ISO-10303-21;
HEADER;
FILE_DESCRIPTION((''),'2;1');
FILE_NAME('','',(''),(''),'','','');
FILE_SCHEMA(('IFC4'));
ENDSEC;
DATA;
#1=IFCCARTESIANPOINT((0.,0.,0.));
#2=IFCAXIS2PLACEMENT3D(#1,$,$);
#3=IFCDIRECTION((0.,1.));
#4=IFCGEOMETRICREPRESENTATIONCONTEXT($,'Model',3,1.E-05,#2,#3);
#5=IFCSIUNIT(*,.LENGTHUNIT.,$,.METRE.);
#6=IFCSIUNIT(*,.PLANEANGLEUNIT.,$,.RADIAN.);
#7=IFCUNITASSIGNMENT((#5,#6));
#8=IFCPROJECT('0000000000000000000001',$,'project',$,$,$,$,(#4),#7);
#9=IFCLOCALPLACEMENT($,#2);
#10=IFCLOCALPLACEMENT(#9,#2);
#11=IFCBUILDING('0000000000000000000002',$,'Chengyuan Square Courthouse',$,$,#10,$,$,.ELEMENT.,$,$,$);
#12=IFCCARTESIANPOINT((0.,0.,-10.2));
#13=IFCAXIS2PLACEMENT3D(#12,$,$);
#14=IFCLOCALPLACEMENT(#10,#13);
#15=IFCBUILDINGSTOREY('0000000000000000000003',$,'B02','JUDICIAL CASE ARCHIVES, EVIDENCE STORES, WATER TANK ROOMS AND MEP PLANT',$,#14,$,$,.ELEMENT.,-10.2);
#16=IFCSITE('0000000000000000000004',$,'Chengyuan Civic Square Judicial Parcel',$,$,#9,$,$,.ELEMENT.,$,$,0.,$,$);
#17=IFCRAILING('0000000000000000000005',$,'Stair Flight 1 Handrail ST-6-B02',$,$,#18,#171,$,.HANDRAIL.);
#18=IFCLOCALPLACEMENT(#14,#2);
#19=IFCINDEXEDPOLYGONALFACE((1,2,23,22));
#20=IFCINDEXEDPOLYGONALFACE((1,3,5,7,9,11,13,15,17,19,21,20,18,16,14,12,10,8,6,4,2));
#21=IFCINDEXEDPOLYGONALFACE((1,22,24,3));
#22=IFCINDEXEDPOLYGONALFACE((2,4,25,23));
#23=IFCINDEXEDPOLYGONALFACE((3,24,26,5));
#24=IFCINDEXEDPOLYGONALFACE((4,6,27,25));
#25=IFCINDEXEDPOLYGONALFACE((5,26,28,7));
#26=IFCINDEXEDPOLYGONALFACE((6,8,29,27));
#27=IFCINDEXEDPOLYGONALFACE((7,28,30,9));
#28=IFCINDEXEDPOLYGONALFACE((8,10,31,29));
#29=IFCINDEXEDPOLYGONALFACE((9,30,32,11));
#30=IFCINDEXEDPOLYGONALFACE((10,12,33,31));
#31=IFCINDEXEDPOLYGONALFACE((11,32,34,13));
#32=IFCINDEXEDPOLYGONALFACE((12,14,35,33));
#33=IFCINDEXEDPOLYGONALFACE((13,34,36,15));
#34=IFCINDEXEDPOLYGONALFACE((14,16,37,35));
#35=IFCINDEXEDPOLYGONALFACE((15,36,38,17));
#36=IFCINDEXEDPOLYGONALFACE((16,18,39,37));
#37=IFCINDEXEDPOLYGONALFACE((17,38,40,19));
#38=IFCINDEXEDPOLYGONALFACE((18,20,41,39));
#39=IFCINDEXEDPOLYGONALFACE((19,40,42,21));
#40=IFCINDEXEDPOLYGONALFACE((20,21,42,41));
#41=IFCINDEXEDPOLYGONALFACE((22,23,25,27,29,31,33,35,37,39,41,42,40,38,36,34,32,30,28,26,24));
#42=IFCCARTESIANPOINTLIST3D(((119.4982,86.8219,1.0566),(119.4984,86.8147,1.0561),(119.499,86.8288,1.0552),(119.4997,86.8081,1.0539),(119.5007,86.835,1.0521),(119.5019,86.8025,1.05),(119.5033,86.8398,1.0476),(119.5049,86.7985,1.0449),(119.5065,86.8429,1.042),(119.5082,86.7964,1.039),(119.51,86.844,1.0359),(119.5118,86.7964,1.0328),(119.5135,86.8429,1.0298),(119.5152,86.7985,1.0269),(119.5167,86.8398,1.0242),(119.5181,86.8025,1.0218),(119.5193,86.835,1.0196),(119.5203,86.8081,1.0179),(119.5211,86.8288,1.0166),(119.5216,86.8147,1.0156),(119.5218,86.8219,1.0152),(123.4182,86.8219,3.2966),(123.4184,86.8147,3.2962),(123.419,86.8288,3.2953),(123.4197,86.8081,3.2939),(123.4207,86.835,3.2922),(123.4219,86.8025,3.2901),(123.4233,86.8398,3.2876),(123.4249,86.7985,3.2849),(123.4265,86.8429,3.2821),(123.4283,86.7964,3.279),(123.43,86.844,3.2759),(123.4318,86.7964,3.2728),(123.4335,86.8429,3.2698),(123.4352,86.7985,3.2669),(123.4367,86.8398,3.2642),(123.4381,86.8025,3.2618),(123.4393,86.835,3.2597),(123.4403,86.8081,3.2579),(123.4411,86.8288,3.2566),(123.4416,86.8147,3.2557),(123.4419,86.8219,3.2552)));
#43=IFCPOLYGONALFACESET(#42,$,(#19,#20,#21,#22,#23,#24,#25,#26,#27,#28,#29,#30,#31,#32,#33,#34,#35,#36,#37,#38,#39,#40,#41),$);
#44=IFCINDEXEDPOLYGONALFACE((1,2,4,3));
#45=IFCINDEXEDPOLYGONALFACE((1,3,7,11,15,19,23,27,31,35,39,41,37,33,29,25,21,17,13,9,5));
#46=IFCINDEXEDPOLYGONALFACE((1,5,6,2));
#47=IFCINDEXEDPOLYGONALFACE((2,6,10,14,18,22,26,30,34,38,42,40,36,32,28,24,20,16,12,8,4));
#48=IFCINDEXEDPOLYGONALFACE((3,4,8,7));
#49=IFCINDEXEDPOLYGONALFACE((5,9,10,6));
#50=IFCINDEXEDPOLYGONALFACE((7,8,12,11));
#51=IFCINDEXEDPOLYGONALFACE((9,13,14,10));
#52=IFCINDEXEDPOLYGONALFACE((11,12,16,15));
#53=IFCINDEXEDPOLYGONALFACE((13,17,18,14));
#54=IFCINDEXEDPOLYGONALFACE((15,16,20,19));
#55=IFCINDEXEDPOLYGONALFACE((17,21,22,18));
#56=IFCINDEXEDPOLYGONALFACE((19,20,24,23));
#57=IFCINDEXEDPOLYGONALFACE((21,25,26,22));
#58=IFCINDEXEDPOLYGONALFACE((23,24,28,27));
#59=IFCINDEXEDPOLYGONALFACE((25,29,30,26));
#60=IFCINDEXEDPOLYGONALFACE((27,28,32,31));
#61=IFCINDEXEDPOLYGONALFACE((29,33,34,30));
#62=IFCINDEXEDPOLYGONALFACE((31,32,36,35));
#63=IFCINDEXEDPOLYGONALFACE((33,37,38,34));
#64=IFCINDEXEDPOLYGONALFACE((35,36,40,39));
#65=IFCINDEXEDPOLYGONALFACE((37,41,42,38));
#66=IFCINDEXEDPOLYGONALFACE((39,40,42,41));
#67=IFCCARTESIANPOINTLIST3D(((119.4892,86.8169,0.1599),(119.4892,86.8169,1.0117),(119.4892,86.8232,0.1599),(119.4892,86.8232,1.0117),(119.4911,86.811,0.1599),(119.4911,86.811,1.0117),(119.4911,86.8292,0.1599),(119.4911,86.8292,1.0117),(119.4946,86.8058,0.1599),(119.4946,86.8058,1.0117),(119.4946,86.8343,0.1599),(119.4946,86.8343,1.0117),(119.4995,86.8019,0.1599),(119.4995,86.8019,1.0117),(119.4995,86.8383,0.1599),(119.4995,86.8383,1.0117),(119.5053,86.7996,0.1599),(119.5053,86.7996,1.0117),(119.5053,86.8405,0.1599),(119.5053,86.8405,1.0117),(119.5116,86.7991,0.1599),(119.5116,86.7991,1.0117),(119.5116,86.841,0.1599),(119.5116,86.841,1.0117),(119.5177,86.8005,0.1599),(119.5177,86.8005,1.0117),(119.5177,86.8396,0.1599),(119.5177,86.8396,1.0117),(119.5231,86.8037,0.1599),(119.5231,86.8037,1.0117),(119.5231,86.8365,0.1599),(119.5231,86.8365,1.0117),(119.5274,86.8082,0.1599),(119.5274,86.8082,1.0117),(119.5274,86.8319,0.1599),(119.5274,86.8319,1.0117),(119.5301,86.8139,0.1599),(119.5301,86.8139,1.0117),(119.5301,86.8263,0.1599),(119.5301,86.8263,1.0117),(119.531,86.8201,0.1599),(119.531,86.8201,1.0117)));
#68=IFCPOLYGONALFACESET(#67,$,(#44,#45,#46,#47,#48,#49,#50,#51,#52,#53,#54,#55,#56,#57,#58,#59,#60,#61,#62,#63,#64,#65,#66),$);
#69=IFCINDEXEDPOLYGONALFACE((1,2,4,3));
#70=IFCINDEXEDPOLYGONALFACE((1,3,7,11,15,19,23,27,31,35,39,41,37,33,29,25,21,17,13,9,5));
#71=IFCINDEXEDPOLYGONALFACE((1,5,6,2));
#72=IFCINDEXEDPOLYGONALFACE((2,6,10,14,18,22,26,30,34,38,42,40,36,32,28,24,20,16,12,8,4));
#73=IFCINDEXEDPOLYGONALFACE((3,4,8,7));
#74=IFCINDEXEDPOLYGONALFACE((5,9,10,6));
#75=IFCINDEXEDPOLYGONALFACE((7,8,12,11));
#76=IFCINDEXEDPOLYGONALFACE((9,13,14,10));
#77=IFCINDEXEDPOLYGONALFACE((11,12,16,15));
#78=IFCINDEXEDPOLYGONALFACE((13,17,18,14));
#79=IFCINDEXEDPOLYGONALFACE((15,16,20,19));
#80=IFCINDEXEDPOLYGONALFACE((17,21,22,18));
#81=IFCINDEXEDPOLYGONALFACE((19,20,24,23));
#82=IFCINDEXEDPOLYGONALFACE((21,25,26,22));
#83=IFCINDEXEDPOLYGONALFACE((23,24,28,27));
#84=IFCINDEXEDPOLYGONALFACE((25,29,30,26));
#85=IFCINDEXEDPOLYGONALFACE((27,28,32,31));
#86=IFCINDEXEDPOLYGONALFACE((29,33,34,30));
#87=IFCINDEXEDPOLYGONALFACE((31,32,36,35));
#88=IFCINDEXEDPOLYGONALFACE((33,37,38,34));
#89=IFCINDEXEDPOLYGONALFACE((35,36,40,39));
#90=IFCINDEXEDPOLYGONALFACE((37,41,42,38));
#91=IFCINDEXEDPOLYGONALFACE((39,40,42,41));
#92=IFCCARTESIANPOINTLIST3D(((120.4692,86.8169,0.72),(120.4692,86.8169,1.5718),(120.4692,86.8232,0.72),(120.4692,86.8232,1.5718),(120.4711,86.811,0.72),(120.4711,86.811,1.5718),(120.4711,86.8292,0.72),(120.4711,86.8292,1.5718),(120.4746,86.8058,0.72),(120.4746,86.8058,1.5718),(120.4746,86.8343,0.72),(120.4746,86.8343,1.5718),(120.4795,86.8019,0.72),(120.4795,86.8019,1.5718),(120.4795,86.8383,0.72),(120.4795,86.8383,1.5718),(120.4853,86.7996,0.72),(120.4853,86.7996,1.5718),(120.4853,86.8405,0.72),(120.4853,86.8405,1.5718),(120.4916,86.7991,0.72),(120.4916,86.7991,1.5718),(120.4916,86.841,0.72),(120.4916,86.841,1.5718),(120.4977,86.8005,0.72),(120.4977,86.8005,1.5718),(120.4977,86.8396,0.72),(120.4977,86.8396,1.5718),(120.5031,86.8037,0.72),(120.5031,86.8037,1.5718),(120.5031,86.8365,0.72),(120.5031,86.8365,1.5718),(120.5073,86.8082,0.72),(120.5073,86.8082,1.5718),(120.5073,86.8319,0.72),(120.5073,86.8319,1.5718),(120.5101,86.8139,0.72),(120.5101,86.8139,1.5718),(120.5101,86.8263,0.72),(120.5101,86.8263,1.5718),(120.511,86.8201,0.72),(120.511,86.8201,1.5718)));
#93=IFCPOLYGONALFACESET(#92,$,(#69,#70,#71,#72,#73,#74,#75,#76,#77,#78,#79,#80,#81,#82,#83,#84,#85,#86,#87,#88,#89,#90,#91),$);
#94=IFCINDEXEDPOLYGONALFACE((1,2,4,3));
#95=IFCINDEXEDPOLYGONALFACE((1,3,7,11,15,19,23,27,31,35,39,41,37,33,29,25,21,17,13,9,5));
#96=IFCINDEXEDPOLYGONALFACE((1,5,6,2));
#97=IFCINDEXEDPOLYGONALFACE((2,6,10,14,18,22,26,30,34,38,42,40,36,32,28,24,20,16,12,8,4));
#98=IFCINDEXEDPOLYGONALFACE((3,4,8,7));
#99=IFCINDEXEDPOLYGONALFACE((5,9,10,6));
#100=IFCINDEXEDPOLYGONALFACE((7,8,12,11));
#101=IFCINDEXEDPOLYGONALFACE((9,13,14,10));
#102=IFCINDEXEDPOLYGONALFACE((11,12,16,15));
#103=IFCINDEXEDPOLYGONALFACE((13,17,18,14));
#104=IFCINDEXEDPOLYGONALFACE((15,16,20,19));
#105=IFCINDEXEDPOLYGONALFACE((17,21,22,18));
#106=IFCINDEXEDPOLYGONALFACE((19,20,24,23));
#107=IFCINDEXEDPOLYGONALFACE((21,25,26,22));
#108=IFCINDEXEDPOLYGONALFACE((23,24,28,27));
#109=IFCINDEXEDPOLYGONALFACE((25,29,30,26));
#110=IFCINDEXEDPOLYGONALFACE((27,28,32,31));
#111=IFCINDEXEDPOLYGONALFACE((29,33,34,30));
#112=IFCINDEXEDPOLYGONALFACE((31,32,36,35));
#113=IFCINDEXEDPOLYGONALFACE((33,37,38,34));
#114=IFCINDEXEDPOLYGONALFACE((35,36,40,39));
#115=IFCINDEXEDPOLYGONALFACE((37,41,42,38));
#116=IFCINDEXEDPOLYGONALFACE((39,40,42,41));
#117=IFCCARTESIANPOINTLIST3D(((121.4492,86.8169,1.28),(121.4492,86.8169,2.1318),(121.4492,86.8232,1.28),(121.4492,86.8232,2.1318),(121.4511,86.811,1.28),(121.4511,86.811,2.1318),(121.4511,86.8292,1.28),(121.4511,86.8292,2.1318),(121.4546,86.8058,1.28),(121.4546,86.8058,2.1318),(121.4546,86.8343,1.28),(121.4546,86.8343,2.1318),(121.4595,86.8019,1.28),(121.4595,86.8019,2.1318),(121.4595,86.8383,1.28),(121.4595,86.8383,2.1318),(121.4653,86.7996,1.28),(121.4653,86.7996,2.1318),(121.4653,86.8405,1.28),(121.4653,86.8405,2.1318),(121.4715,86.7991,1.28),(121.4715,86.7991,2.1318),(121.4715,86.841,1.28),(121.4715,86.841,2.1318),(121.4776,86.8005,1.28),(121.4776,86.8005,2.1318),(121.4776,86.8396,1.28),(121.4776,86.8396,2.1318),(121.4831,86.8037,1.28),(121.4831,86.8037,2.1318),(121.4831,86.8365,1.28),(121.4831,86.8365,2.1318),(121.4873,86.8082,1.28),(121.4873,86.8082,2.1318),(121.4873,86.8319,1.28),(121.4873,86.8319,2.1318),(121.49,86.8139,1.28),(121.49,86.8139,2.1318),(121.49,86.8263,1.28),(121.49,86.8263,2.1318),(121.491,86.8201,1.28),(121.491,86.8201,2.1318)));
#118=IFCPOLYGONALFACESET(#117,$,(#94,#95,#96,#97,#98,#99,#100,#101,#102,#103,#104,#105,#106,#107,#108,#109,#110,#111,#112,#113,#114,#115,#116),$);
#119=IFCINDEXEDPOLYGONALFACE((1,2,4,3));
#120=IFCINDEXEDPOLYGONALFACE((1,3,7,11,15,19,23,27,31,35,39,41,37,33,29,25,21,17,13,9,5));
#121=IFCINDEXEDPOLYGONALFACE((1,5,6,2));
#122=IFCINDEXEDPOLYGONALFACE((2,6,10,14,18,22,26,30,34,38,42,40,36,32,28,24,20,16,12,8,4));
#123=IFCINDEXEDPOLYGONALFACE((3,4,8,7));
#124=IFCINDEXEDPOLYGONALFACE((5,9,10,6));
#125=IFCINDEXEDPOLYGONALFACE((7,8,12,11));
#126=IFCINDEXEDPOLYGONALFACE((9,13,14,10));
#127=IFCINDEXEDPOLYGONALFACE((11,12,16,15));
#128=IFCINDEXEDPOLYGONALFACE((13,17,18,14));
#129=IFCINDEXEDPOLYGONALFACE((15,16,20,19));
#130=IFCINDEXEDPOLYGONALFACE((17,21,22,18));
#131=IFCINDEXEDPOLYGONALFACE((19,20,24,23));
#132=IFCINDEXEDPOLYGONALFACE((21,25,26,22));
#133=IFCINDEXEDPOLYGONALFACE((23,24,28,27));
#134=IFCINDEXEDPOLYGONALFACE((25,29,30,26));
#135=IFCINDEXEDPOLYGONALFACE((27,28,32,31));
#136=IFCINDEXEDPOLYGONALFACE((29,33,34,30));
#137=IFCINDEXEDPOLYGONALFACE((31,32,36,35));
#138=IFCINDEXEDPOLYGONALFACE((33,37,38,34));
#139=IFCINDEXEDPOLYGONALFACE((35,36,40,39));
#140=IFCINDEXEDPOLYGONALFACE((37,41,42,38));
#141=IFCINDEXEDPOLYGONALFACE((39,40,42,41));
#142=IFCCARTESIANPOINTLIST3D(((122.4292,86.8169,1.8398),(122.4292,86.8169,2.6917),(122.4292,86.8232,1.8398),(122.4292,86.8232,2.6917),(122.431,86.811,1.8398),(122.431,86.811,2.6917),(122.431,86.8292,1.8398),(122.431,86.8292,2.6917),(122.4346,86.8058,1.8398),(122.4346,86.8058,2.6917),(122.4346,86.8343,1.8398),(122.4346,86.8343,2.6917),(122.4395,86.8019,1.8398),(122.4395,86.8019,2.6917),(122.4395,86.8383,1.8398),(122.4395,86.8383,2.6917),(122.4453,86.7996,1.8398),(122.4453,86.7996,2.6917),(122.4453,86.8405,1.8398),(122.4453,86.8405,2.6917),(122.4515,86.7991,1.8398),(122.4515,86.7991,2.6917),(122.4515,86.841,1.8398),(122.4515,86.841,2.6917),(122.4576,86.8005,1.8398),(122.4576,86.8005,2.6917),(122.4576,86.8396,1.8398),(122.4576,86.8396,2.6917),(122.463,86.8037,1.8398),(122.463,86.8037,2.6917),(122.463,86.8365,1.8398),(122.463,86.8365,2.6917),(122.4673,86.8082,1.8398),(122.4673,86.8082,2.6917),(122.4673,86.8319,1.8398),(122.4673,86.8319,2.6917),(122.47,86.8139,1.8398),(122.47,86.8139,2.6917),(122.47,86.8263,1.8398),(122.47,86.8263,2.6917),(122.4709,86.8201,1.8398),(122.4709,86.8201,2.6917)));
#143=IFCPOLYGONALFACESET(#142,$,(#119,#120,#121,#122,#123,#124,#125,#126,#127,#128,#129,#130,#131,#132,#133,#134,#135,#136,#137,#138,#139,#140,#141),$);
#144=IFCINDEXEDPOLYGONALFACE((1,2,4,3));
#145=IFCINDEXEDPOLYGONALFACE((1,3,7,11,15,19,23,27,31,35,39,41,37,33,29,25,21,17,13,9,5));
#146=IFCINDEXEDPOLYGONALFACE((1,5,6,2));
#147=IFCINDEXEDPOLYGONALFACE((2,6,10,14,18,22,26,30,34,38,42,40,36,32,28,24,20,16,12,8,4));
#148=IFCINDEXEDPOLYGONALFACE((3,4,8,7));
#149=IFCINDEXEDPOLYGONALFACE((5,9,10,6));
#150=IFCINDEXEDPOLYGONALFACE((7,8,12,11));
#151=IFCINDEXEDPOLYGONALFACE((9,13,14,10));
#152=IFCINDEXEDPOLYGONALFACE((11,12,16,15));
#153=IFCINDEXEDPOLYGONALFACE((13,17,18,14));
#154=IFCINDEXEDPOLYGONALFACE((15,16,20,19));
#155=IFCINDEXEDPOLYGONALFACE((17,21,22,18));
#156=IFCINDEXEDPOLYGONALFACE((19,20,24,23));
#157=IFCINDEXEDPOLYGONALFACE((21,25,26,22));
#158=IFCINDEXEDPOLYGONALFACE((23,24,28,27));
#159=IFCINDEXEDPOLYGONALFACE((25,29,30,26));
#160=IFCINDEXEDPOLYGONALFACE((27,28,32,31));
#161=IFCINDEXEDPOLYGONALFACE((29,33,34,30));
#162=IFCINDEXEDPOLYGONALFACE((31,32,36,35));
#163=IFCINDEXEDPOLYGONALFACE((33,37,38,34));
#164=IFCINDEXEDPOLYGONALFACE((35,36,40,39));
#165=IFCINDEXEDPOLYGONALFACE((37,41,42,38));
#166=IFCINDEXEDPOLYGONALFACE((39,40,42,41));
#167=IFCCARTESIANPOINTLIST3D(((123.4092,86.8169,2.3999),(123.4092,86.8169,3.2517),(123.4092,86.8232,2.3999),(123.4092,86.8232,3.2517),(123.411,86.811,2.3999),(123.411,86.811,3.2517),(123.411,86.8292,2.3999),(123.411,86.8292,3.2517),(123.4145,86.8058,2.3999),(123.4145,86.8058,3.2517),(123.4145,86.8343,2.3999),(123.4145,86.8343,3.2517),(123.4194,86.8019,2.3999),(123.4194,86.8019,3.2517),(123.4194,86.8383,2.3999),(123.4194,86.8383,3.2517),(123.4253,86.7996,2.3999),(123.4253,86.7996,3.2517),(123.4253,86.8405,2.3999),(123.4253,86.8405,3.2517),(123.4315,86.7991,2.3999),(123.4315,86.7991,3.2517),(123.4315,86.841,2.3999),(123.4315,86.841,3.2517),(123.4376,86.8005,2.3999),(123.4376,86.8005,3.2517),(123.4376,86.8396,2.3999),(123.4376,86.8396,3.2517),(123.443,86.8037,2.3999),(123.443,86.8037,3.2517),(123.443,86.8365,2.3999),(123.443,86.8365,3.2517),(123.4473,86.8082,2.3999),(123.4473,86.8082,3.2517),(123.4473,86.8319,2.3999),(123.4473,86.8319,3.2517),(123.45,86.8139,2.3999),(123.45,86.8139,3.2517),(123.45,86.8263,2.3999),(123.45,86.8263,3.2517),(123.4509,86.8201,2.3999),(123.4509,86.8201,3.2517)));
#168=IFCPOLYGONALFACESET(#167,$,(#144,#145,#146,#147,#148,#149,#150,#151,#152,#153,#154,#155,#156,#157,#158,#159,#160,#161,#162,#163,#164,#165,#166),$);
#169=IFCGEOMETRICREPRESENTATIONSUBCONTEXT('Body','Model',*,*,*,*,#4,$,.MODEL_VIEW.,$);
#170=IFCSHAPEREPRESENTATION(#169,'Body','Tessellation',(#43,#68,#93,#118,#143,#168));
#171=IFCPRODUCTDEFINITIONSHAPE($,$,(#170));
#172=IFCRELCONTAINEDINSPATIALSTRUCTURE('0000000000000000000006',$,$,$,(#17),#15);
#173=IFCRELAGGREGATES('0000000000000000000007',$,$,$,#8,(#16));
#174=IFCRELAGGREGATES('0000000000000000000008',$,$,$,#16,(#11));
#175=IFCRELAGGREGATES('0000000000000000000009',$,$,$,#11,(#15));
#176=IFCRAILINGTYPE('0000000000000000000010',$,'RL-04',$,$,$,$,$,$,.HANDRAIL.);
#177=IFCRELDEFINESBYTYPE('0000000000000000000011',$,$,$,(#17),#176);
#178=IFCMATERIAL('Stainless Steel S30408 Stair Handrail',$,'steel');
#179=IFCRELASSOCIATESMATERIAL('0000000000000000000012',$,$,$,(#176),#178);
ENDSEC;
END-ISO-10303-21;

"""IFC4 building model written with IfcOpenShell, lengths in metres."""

from ifc_helpers import new_model, si_unit, direction, frame, origin, origin_2d, place, context, subcontext, project, spatial, circle, extrude, material, type_object, element, save


model = new_model("IFC4")

# Units and contexts
model_context = context("Model", 3, precision=1e-05, world=origin(), true_north=direction((0.0, 1.0)))
body_context = subcontext(model_context, "Body", "Model", "MODEL_VIEW")
ifc_project = project(units=[si_unit("LENGTHUNIT", "METRE"), si_unit("PLANEANGLEUNIT", "RADIAN")], contexts=[model_context])

# Site, building, storey
site_placement = place(None, origin())
site = spatial("IfcSite", under=ifc_project, at=site_placement, Name="Chengyuan Civic Square Judicial Parcel", CompositionType="ELEMENT", RefElevation=0.0)
building_placement = place(site_placement, origin())
building = spatial("IfcBuilding", under=site, at=building_placement, Name="Chengyuan Square Courthouse", CompositionType="ELEMENT")
storey_placement = place(building_placement, frame((0.0, 0.0, -10.2)))
storey = spatial("IfcBuildingStorey", under=building, at=storey_placement, Name="B02", Description="JUDICIAL CASE ARCHIVES, EVIDENCE STORES, WATER TANK ROOMS AND MEP PLANT", CompositionType="ELEMENT", Elevation=-10.2)

# Railing
ifc_material_1 = material(Name="Stainless Steel S30408 Stair Handrail", Category="steel")
railing_type = type_object("IfcRailingType", Name="RL-04", PredefinedType="HANDRAIL", material=ifc_material_1)
railing_placement = place(storey_placement, frame((119.51, 86.8201, 0.1599)))
element("IfcRailing", 1, at=railing_placement, inside=storey, type_object=railing_type, Name="Stair Flight 1 Handrail ST-6-B02", PredefinedType="HANDRAIL", context=body_context, shape_type="SweptSolid", body=[
    extrude(circle(Radius=0.0239, at=origin_2d()), frame((0.0, 0.0, 0.876), z_axis=(0.86824, 0.0, 0.496145), x_axis=(0.0, 1.0, 0.0)), (0.0, 0.0, 1.0), 4.5149),
    extrude(circle(Radius=0.021, at=origin_2d()), origin(), (0.0, 0.0, 1.0), 0.8518),
    extrude(circle(Radius=0.021, at=origin_2d()), frame((0.98, 0.0, 0.5601)), (0.0, 0.0, 1.0), 0.8518),
    extrude(circle(Radius=0.021, at=origin_2d()), frame((1.96, 0.0, 1.1201)), (0.0, 0.0, 1.0), 0.8518),
    extrude(circle(Radius=0.021, at=origin_2d()), frame((2.9399, 0.0, 1.6799)), (0.0, 0.0, 1.0), 0.8518),
    extrude(circle(Radius=0.021, at=origin_2d()), frame((3.9199, 0.0, 2.24)), (0.0, 0.0, 1.0), 0.8518),
])

save(model, "model.ifc")
